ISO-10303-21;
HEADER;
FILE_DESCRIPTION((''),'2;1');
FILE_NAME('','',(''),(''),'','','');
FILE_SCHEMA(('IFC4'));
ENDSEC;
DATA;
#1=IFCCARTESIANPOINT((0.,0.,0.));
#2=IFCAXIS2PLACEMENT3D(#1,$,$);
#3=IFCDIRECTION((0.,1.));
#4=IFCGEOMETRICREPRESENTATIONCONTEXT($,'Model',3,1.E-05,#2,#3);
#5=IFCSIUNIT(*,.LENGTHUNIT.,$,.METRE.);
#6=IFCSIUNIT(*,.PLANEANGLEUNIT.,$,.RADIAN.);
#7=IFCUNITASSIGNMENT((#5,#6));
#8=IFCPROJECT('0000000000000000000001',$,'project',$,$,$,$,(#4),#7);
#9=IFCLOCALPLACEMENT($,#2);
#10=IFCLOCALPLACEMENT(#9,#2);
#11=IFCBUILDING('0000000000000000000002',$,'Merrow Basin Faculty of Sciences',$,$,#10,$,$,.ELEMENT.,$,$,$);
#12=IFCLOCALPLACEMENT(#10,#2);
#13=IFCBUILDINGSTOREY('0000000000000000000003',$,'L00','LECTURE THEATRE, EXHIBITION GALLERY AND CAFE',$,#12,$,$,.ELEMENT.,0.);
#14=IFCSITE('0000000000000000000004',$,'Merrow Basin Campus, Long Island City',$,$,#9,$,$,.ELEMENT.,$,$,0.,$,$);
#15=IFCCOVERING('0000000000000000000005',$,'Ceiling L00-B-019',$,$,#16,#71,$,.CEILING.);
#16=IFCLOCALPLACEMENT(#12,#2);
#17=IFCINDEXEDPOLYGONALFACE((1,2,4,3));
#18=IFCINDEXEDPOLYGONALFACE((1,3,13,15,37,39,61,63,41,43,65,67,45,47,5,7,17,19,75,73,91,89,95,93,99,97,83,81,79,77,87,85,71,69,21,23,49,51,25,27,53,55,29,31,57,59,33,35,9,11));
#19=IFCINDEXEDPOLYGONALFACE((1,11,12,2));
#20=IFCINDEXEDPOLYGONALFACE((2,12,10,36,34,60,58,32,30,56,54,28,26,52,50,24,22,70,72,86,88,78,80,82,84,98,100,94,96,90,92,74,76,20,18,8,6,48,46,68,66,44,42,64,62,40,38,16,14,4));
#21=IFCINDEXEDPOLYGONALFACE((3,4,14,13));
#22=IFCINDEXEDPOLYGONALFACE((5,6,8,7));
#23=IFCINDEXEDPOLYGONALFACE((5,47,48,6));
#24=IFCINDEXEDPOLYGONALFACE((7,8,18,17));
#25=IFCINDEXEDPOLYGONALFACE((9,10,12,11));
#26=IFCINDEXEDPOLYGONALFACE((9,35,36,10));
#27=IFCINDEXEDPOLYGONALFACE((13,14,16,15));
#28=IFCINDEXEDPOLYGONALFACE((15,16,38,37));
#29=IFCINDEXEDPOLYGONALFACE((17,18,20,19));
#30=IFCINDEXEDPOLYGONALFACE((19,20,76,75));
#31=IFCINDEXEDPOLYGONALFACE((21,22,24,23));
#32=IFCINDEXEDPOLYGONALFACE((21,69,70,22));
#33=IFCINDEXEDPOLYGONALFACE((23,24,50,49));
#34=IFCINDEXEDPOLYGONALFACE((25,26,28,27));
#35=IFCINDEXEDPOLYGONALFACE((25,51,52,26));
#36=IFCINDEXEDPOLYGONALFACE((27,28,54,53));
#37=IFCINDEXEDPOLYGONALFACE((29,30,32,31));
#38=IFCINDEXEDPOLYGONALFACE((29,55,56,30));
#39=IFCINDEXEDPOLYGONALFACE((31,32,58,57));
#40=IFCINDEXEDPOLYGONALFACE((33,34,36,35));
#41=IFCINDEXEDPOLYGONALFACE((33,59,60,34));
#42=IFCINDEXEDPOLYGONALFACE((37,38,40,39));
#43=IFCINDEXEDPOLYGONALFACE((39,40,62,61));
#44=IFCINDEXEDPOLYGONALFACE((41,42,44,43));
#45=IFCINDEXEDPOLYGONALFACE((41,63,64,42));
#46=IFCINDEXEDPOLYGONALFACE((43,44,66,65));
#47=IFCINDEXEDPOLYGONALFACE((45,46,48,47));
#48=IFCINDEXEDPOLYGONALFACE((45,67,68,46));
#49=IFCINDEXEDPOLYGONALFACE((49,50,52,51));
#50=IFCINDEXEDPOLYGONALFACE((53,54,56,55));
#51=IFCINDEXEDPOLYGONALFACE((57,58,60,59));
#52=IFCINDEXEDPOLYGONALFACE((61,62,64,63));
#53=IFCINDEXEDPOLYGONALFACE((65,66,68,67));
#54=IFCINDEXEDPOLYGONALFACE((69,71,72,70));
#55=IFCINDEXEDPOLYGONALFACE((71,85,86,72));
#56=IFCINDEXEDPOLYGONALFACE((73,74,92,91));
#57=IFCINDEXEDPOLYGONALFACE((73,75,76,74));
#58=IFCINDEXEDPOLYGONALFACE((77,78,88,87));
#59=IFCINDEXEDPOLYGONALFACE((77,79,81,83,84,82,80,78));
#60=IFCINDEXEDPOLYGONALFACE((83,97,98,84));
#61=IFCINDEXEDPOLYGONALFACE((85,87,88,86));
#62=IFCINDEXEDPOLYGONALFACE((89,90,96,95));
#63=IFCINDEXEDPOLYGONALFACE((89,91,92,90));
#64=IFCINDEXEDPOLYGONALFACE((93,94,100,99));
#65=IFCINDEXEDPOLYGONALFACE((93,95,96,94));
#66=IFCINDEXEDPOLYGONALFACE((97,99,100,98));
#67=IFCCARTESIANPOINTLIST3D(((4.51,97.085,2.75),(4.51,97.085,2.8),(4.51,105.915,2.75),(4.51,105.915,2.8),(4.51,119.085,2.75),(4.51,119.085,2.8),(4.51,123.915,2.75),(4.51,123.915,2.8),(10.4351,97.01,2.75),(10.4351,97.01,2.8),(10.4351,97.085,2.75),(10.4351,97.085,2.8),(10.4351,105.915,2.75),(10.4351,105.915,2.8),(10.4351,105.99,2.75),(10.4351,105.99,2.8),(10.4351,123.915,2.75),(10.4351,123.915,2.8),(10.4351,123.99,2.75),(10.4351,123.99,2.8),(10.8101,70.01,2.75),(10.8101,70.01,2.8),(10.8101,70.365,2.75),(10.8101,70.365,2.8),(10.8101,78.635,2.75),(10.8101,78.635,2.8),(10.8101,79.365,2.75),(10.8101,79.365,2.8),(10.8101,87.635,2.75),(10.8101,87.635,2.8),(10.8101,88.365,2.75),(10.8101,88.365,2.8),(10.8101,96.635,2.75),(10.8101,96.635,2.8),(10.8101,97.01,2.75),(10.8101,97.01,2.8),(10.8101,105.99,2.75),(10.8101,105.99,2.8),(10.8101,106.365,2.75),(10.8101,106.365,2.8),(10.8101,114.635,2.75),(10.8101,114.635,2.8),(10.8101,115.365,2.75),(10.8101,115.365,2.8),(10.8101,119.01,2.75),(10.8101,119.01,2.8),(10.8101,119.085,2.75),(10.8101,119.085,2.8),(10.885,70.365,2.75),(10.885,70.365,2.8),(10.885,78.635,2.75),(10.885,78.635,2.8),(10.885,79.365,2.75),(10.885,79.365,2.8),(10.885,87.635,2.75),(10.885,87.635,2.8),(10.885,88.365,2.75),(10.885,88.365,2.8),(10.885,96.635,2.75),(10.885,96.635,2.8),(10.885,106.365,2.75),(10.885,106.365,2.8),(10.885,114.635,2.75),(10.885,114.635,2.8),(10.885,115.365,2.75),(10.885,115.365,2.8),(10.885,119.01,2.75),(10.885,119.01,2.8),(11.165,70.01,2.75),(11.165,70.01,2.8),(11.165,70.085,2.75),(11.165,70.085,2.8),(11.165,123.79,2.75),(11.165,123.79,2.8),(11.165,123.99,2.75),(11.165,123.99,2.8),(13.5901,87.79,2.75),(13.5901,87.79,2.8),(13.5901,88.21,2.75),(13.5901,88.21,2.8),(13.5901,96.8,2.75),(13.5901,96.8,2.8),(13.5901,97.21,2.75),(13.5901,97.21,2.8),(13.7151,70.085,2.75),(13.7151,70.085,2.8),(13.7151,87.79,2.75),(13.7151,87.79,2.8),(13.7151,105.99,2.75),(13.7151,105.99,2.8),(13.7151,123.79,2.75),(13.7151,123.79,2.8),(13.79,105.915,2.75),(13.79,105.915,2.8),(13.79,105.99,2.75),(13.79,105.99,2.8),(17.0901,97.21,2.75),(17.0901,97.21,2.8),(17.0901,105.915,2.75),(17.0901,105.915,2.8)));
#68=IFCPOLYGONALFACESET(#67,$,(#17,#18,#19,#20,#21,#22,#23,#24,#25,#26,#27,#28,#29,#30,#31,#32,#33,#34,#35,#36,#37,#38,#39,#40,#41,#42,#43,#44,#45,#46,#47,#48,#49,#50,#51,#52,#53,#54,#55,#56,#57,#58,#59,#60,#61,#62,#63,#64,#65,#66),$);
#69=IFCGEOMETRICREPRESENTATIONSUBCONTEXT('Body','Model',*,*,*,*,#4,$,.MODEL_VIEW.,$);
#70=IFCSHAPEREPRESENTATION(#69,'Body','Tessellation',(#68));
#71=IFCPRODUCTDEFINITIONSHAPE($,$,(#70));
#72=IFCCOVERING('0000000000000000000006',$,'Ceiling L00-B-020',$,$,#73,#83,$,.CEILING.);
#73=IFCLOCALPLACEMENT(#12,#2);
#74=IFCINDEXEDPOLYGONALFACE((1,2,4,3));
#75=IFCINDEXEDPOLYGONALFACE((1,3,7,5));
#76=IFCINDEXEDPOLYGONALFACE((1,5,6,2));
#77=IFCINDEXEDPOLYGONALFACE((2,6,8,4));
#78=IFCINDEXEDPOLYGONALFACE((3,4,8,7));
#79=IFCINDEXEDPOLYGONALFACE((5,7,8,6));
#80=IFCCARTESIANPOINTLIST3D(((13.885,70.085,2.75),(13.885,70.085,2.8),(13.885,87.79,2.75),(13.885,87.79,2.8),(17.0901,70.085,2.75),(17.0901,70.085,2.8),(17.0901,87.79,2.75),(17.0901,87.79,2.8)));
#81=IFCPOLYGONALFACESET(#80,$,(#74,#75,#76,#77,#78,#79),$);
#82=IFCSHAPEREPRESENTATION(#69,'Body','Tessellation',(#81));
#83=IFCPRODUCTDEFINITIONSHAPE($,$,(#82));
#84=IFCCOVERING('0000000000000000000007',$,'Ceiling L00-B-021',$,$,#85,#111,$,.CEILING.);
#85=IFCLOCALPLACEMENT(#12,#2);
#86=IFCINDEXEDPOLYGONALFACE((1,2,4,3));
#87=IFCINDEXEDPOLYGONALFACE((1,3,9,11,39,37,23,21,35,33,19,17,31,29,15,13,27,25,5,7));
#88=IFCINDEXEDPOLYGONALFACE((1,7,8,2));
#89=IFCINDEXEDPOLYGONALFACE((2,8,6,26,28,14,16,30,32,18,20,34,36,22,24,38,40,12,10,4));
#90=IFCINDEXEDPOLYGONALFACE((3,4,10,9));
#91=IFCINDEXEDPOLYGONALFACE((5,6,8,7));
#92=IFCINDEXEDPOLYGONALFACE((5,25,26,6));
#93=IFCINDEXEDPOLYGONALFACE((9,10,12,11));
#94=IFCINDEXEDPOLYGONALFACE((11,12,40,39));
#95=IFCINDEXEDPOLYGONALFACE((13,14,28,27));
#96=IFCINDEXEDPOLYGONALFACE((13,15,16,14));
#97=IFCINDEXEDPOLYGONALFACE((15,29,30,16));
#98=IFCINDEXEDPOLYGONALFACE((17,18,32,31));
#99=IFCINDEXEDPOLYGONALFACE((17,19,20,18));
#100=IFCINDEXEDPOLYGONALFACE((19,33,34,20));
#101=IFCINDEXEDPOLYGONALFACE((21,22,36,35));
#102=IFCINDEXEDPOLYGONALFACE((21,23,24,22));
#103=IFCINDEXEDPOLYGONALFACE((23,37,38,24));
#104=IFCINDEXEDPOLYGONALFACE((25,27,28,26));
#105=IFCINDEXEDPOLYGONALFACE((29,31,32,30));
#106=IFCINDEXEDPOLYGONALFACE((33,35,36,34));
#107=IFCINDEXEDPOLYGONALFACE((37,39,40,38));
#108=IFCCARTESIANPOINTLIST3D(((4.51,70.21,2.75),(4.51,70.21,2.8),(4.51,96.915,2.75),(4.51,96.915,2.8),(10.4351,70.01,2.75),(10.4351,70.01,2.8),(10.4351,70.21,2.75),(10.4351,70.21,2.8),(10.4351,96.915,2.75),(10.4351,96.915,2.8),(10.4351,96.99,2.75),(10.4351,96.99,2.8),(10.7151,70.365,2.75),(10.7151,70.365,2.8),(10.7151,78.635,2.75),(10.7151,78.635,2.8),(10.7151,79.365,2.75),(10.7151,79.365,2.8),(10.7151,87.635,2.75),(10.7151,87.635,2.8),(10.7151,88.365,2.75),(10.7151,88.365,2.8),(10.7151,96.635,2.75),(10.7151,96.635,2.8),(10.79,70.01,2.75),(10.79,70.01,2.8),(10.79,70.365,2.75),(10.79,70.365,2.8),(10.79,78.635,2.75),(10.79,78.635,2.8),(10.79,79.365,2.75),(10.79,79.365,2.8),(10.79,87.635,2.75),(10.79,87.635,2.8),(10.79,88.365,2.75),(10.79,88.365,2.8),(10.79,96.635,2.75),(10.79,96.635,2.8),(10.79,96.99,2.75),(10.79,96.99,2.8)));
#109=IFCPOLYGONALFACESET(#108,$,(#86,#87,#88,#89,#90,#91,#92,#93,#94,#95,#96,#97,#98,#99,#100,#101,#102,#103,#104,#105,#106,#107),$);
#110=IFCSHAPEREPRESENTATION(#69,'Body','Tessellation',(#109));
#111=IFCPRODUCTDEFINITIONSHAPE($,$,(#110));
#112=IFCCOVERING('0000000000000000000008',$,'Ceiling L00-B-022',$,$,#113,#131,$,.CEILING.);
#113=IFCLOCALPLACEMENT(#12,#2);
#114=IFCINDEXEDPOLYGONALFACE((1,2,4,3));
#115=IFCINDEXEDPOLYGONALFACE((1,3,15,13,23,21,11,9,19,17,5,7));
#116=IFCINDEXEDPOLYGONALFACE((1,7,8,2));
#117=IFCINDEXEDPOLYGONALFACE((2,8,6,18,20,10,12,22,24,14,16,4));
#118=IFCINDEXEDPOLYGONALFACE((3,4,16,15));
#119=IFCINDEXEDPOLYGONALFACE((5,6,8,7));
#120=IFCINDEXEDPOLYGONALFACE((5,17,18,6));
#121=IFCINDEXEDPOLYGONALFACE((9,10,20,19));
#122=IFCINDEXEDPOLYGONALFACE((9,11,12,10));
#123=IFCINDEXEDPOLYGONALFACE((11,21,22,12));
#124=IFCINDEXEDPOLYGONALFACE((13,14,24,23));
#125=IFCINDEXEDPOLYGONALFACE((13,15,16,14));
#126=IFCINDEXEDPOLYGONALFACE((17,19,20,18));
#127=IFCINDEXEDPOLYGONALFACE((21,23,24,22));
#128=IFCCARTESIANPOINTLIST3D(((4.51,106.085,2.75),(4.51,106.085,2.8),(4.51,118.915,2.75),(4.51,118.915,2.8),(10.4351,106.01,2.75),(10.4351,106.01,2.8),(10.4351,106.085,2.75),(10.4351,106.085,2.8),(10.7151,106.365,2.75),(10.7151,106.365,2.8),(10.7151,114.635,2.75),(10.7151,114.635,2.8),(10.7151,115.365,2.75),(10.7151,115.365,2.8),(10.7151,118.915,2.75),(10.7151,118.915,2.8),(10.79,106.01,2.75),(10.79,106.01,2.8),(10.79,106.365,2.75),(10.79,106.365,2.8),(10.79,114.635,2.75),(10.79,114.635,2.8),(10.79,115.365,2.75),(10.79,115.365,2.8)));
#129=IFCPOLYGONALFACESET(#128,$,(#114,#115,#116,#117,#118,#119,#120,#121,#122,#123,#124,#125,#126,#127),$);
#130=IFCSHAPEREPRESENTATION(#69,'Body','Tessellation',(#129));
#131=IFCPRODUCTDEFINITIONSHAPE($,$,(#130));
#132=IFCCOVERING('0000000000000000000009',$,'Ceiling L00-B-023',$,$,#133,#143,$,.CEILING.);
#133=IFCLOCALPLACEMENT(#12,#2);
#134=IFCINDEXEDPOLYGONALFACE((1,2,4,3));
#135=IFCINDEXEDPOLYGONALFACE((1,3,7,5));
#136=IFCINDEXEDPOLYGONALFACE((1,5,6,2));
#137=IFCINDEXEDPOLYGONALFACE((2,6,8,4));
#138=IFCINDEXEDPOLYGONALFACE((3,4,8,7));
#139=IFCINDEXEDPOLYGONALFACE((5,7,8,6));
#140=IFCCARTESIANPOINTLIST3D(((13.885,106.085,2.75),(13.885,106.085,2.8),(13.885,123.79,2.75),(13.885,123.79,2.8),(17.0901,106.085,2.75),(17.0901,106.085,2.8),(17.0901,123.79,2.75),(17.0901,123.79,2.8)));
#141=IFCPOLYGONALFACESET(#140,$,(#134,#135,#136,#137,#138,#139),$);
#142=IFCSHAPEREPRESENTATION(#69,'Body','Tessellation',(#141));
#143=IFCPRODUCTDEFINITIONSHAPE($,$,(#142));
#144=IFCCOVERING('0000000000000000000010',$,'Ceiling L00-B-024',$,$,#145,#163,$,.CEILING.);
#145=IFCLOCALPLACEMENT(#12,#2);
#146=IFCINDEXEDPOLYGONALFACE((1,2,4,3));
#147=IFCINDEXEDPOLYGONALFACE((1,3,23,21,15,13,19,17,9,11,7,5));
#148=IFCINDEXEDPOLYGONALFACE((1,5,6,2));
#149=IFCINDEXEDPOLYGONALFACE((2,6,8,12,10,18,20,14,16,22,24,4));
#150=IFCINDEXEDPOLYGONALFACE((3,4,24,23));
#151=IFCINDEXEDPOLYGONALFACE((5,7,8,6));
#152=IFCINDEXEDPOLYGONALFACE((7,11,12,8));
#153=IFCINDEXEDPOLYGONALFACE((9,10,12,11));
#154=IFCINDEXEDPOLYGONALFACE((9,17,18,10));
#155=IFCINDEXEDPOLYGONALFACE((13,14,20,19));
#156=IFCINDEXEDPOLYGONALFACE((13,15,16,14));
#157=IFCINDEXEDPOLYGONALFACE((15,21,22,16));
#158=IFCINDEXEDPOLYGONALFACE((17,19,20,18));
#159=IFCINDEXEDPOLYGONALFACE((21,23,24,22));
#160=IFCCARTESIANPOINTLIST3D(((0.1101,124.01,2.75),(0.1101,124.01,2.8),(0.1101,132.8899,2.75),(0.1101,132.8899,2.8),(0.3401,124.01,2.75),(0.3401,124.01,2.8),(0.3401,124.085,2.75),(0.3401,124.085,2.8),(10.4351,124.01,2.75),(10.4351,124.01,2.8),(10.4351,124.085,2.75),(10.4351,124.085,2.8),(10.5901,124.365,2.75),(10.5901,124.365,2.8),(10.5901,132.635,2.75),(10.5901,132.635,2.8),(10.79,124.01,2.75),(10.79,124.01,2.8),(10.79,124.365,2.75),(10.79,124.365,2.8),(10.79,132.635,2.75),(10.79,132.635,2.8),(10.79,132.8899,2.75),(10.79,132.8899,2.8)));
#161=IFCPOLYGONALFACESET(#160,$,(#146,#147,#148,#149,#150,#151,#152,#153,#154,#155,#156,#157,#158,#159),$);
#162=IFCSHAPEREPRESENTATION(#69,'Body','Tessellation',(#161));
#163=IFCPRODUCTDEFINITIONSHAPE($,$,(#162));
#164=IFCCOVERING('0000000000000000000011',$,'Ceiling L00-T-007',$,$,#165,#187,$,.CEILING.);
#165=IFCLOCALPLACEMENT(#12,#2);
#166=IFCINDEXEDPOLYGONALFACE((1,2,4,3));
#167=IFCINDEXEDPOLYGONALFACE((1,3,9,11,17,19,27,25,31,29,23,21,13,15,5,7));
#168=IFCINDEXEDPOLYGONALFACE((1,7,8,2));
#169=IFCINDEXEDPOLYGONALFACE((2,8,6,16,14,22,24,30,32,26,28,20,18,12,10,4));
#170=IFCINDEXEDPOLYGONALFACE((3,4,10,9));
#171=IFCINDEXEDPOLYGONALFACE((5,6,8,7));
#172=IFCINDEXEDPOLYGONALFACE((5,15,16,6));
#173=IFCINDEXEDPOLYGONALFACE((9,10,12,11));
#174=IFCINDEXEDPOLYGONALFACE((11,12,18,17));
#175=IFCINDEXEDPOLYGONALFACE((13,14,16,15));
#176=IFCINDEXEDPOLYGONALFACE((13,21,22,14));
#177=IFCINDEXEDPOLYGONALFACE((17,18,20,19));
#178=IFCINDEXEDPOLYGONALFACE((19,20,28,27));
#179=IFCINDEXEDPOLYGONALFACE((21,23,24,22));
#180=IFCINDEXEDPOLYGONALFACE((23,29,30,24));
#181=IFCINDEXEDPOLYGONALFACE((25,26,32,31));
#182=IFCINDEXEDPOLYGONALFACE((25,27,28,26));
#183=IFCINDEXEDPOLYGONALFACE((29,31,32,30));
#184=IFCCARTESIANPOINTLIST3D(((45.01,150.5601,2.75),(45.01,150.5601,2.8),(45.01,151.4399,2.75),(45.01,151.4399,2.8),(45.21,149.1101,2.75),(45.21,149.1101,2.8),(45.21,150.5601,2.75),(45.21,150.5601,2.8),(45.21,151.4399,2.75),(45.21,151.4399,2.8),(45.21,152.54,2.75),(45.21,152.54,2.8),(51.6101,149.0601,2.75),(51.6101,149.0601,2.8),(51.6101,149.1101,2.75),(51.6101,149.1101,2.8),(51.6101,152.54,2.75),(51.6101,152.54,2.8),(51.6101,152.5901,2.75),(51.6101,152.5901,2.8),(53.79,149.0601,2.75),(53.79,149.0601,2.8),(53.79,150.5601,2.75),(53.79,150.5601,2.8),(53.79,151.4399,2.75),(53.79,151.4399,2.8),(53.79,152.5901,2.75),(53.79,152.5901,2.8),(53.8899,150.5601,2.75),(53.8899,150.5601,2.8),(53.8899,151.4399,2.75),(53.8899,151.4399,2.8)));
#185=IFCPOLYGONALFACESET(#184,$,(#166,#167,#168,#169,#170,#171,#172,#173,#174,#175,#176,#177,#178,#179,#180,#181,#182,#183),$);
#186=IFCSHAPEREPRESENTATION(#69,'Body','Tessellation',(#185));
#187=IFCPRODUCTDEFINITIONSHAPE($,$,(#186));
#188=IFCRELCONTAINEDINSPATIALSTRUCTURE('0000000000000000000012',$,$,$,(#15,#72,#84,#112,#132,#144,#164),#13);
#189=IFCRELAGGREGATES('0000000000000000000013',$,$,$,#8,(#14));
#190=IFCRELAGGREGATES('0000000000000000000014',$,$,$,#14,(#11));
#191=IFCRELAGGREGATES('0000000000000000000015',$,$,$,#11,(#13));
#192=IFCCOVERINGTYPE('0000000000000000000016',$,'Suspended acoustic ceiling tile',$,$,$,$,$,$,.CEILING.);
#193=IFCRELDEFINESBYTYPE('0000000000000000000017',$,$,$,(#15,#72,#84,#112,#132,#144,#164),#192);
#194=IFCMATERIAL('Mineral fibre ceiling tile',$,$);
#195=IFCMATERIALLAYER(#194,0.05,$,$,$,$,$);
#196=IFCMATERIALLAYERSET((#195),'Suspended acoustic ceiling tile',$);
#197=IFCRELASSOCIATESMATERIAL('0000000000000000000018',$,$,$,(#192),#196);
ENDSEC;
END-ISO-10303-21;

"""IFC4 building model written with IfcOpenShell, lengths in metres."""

from ifc_helpers import new_model, si_unit, direction, frame, origin, place, context, subcontext, project, spatial, polyline, outline, extrude, material, layer, layer_set, type_object, element, save


model = new_model("IFC4")

# Units and contexts
model_context = context("Model", 3, precision=1e-05, world=origin(), true_north=direction((0.0, 1.0)))
body_context = subcontext(model_context, "Body", "Model", "MODEL_VIEW")
ifc_project = project(units=[si_unit("LENGTHUNIT", "METRE"), si_unit("PLANEANGLEUNIT", "RADIAN")], contexts=[model_context])

# Site, building, storey
site_placement = place(None, origin())
site = spatial("IfcSite", under=ifc_project, at=site_placement, Name="Merrow Basin Campus, Long Island City", CompositionType="ELEMENT", RefElevation=0.0)
building_placement = place(site_placement, origin())
building = spatial("IfcBuilding", under=site, at=building_placement, Name="Merrow Basin Faculty of Sciences", CompositionType="ELEMENT")
storey_placement = place(building_placement, origin())
storey = spatial("IfcBuildingStorey", under=building, at=storey_placement, Name="L00", Description="LECTURE THEATRE, EXHIBITION GALLERY AND CAFE", CompositionType="ELEMENT", Elevation=0.0)

# Coverings
ifc_material = material(Name="Mineral fibre ceiling tile")
ifc_layer = layer(ifc_material, 0.05)
ifc_layer_set = layer_set([ifc_layer], Name="Suspended acoustic ceiling tile")
covering_type = type_object("IfcCoveringType", Name="Suspended acoustic ceiling tile", PredefinedType="CEILING", material=ifc_layer_set)
covering_1_placement = place(storey_placement, frame((0.0, 0.0, 2.75)))
element("IfcCovering", 1, at=covering_1_placement, inside=storey, type_object=covering_type, Name="Ceiling L00-B-019", PredefinedType="CEILING", context=body_context, shape_type="SweptSolid", body=[
    extrude(outline(polyline([(10.4351, 97.01), (10.4351, 97.085), (4.51, 97.085), (4.51, 105.915), (10.4351, 105.915), (10.4351, 105.99), (10.8101, 105.99), (10.8101, 106.365), (10.885, 106.365), (10.885, 114.635), (10.8101, 114.635), (10.8101, 115.365), (10.885, 115.365), (10.885, 119.01), (10.8101, 119.01), (10.8101, 119.085), (4.51, 119.085), (4.51, 123.915), (10.4351, 123.915), (10.4351, 123.99), (11.165, 123.99), (11.165, 123.79), (13.7151, 123.79), (13.7151, 105.99), (13.79, 105.99), (13.79, 105.915), (17.0901, 105.915), (17.0901, 97.21), (13.5901, 97.21), (13.5901, 96.8), (13.5901, 88.21), (13.5901, 87.79), (13.7151, 87.79), (13.7151, 70.085), (11.165, 70.085), (11.165, 70.01), (10.8101, 70.01), (10.8101, 70.365), (10.885, 70.365), (10.885, 78.635), (10.8101, 78.635), (10.8101, 79.365), (10.885, 79.365), (10.885, 87.635), (10.8101, 87.635), (10.8101, 88.365), (10.885, 88.365), (10.885, 96.635), (10.8101, 96.635), (10.8101, 97.01), (10.4351, 97.01)])), origin(), (0.0, 0.0, 1.0), 0.05),
])
covering_2_placement = place(storey_placement, frame((0.0, 0.0, 2.75)))
element("IfcCovering", 2, at=covering_2_placement, inside=storey, type_object=covering_type, Name="Ceiling L00-B-020", PredefinedType="CEILING", context=body_context, shape_type="SweptSolid", body=[
    extrude(outline(polyline([(17.0901, 70.085), (13.885, 70.085), (13.885, 87.79), (17.0901, 87.79), (17.0901, 70.085)])), origin(), (0.0, 0.0, 1.0), 0.05),
])
covering_3_placement = place(storey_placement, frame((0.0, 0.0, 2.75)))
element("IfcCovering", 3, at=covering_3_placement, inside=storey, type_object=covering_type, Name="Ceiling L00-B-021", PredefinedType="CEILING", context=body_context, shape_type="SweptSolid", body=[
    extrude(outline(polyline([(4.51, 96.915), (10.4351, 96.915), (10.4351, 96.99), (10.79, 96.99), (10.79, 96.635), (10.7151, 96.635), (10.7151, 88.365), (10.79, 88.365), (10.79, 87.635), (10.7151, 87.635), (10.7151, 79.365), (10.79, 79.365), (10.79, 78.635), (10.7151, 78.635), (10.7151, 70.365), (10.79, 70.365), (10.79, 70.01), (10.4351, 70.01), (10.4351, 70.21), (4.51, 70.21), (4.51, 96.915)])), origin(), (0.0, 0.0, 1.0), 0.05),
])
covering_4_placement = place(storey_placement, frame((0.0, 0.0, 2.75)))
element("IfcCovering", 4, at=covering_4_placement, inside=storey, type_object=covering_type, Name="Ceiling L00-B-022", PredefinedType="CEILING", context=body_context, shape_type="SweptSolid", body=[
    extrude(outline(polyline([(4.51, 118.915), (10.7151, 118.915), (10.7151, 115.365), (10.79, 115.365), (10.79, 114.635), (10.7151, 114.635), (10.7151, 106.365), (10.79, 106.365), (10.79, 106.01), (10.4351, 106.01), (10.4351, 106.085), (4.51, 106.085), (4.51, 118.915)])), origin(), (0.0, 0.0, 1.0), 0.05),
])
covering_5_placement = place(storey_placement, frame((0.0, 0.0, 2.75)))
element("IfcCovering", 5, at=covering_5_placement, inside=storey, type_object=covering_type, Name="Ceiling L00-B-023", PredefinedType="CEILING", context=body_context, shape_type="SweptSolid", body=[
    extrude(outline(polyline([(17.0901, 106.085), (13.885, 106.085), (13.885, 123.79), (17.0901, 123.79), (17.0901, 106.085)])), origin(), (0.0, 0.0, 1.0), 0.05),
])
covering_6_placement = place(storey_placement, frame((0.0, 0.0, 2.75)))
element("IfcCovering", 6, at=covering_6_placement, inside=storey, type_object=covering_type, Name="Ceiling L00-B-024", PredefinedType="CEILING", context=body_context, shape_type="SweptSolid", body=[
    extrude(outline(polyline([(10.4351, 124.01), (10.4351, 124.085), (0.3401, 124.085), (0.3401, 124.01), (0.1101, 124.01), (0.1101, 132.8899), (10.79, 132.8899), (10.79, 132.635), (10.5901, 132.635), (10.5901, 124.365), (10.79, 124.365), (10.79, 124.01), (10.4351, 124.01)])), origin(), (0.0, 0.0, 1.0), 0.05),
])
covering_7_placement = place(storey_placement, frame((0.0, 0.0, 2.75)))
element("IfcCovering", 7, at=covering_7_placement, inside=storey, type_object=covering_type, Name="Ceiling L00-T-007", PredefinedType="CEILING", context=body_context, shape_type="SweptSolid", body=[
    extrude(outline(polyline([(45.01, 151.4399), (45.21, 151.4399), (45.21, 152.54), (51.6101, 152.54), (51.6101, 152.5901), (53.79, 152.5901), (53.79, 151.4399), (53.8899, 151.4399), (53.8899, 150.5601), (53.79, 150.5601), (53.79, 149.0601), (51.6101, 149.0601), (51.6101, 149.1101), (45.21, 149.1101), (45.21, 150.5601), (45.01, 150.5601), (45.01, 151.4399)])), origin(), (0.0, 0.0, 1.0), 0.05),
])

save(model, "model.ifc")
